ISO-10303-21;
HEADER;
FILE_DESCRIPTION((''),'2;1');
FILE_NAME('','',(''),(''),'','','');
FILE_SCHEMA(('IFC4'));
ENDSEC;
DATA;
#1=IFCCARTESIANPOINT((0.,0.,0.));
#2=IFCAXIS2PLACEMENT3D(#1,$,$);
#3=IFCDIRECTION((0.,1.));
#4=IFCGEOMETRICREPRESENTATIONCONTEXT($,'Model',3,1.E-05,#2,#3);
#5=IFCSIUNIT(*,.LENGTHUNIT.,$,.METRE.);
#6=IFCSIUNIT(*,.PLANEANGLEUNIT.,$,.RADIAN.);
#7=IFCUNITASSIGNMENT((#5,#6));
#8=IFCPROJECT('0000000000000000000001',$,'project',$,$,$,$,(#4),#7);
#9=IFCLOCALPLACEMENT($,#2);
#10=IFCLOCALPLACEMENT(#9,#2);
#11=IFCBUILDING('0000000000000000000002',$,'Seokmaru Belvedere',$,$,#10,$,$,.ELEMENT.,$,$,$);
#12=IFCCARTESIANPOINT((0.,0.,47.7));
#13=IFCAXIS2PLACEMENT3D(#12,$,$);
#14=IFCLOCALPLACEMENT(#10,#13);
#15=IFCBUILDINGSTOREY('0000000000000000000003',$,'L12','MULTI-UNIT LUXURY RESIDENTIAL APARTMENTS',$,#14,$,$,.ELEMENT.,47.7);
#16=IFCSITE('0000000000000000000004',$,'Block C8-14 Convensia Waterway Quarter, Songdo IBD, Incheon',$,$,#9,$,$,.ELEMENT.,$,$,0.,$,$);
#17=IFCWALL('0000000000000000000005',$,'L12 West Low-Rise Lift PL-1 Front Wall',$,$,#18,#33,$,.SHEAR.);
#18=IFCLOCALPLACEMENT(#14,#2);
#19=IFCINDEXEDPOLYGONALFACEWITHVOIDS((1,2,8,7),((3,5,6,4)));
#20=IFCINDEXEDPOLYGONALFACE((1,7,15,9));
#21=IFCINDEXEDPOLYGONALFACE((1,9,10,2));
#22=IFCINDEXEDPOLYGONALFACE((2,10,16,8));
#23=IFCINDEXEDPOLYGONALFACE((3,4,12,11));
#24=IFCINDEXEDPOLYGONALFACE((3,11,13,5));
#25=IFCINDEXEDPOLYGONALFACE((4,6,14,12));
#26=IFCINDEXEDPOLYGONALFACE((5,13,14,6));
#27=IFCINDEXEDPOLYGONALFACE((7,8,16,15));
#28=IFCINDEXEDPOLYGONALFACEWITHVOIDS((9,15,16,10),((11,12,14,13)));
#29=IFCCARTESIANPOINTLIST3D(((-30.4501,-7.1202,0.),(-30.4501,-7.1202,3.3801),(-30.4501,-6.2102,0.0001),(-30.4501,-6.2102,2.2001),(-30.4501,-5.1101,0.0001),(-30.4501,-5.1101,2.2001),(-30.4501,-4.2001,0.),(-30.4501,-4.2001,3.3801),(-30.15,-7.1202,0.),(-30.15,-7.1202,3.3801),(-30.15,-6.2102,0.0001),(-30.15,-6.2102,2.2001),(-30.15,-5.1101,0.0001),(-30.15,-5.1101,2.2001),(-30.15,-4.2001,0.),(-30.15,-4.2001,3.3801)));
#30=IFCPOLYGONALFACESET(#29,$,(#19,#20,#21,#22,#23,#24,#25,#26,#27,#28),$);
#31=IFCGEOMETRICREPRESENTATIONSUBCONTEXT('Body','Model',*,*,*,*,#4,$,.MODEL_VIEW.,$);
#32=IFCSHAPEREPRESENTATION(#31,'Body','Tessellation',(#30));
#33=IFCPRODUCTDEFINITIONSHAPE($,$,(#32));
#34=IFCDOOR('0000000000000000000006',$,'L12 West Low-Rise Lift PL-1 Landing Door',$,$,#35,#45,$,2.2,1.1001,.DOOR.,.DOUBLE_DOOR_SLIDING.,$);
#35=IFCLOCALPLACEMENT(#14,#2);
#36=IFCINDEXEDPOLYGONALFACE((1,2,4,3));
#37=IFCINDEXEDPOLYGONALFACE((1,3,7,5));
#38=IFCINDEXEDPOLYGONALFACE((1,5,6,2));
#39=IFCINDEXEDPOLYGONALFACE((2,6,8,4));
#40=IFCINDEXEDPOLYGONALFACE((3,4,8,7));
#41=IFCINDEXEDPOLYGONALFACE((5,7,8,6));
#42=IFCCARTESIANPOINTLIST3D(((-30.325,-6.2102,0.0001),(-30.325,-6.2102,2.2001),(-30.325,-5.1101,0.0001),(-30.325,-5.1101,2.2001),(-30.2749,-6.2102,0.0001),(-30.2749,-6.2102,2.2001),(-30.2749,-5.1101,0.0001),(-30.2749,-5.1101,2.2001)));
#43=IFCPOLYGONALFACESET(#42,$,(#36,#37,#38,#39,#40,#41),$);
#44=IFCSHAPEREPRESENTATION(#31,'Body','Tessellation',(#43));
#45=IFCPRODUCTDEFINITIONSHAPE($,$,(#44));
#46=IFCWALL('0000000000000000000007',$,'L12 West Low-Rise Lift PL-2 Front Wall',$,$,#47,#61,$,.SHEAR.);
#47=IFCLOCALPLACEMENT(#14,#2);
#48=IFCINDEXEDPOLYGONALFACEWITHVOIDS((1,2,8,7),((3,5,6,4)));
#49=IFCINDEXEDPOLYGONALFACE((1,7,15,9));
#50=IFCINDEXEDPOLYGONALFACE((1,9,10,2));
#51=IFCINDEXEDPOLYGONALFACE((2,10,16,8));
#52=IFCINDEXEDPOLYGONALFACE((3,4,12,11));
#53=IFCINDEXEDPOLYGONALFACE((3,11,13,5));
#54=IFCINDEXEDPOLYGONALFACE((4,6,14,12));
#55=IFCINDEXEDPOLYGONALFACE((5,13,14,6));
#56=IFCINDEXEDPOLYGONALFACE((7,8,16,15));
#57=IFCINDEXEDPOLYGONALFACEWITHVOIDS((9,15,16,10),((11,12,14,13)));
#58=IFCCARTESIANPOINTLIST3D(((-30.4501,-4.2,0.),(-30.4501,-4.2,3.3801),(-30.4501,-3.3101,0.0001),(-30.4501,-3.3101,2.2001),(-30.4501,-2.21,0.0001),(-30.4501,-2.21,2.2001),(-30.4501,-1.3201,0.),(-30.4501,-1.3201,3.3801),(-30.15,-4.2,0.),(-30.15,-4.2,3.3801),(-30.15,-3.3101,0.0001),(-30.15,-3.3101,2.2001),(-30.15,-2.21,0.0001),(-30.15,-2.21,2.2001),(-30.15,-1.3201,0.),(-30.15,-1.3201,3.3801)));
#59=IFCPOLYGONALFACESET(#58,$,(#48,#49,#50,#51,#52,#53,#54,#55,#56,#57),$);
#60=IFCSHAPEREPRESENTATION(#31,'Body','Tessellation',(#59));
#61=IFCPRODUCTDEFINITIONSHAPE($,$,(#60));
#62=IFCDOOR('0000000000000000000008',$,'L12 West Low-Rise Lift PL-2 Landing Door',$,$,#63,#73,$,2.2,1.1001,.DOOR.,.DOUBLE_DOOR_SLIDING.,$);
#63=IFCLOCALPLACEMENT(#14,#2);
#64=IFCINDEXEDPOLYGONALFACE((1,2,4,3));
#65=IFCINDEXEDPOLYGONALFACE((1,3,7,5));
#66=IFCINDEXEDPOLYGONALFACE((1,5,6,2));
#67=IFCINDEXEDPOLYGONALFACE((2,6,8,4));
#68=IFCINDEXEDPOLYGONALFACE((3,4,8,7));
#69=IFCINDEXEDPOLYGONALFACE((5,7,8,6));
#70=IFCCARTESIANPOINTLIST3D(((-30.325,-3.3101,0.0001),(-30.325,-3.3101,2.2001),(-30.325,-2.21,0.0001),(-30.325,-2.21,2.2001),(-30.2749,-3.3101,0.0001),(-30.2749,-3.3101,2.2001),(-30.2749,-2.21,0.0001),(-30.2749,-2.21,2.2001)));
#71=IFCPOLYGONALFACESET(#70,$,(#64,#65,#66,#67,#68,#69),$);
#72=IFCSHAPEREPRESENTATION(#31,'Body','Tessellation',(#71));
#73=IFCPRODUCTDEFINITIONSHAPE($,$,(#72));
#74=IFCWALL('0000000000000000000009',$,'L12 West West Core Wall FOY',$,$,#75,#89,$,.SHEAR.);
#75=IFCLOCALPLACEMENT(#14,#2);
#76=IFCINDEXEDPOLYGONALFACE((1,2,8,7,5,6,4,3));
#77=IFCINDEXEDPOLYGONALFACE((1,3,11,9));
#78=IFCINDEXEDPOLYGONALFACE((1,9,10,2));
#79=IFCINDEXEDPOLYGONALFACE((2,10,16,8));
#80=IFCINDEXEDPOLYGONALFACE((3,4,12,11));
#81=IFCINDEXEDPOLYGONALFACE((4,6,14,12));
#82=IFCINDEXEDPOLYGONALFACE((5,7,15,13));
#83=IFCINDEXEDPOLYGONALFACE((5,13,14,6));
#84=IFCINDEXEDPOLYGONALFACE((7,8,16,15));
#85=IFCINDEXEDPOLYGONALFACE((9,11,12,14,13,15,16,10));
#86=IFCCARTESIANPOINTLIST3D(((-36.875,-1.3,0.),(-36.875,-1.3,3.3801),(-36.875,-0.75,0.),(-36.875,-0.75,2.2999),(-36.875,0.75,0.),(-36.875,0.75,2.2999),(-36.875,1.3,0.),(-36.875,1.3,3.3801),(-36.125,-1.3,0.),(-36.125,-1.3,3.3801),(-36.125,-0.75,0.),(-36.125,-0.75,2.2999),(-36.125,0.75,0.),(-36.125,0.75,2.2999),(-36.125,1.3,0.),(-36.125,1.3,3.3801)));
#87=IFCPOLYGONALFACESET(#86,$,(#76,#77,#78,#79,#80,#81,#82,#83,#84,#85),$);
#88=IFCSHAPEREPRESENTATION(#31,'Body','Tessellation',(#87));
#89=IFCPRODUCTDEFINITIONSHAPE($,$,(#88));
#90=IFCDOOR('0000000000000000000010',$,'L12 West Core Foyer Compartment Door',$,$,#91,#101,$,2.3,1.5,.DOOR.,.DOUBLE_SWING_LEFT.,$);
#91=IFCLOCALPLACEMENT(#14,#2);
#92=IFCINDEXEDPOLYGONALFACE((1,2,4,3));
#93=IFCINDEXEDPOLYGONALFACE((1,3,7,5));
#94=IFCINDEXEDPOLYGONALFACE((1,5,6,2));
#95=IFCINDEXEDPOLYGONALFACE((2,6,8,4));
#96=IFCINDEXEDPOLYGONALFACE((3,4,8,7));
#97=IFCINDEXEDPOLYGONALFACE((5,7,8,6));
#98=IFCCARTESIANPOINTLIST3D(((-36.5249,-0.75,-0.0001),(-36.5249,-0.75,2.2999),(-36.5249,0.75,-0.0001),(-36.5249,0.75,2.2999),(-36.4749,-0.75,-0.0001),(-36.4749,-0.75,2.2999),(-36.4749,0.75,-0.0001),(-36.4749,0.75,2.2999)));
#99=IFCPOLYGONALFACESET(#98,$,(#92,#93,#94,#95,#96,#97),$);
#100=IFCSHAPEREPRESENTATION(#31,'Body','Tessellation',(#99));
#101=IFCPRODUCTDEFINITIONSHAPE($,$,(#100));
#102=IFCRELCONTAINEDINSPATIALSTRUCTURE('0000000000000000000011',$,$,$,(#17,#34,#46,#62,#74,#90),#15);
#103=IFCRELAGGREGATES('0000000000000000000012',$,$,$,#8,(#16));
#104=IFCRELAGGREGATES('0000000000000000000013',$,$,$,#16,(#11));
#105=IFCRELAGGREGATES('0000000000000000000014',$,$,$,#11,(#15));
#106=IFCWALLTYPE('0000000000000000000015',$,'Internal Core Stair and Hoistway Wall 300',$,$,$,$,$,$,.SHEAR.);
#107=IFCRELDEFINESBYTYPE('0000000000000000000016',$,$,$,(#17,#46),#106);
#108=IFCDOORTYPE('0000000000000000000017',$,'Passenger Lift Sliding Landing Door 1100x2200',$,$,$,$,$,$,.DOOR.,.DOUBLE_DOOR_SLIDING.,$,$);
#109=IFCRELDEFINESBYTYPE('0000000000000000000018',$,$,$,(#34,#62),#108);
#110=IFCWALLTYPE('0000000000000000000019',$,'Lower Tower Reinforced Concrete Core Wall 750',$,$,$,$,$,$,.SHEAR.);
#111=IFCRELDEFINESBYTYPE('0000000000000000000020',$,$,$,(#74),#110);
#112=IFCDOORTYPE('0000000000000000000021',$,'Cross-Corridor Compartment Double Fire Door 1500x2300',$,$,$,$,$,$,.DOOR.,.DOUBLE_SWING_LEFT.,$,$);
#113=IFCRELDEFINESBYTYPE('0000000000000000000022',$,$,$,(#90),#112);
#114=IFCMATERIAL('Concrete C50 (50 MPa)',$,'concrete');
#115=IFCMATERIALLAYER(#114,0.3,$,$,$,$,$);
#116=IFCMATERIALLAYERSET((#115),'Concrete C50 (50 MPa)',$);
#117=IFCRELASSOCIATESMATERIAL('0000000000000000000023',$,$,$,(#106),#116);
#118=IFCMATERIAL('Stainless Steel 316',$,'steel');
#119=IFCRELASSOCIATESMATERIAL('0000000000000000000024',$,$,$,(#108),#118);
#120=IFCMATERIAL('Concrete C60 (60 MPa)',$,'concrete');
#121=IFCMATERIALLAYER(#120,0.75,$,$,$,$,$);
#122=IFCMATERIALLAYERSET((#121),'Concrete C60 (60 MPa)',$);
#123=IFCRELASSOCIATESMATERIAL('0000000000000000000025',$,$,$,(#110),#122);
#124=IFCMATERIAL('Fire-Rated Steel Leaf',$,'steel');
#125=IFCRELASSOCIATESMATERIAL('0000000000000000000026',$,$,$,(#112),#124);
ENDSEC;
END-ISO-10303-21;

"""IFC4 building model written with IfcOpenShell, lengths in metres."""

from ifc_helpers import new_model, si_unit, direction, frame, frame_2d, origin, place, context, subcontext, project, spatial, rectangle, extrude, source, transform, mapped, material, layer, layer_set, type_object, type_shapes, element, fill, save


model = new_model("IFC4")

# Units and contexts
model_context = context("Model", 3, precision=1e-05, world=origin(), true_north=direction((0.0, 1.0)))
body_context = subcontext(model_context, "Body", "Model", "MODEL_VIEW")
ifc_project = project(units=[si_unit("LENGTHUNIT", "METRE"), si_unit("PLANEANGLEUNIT", "RADIAN")], contexts=[model_context])

# Site, building, storey
site_placement = place(None, origin())
site = spatial("IfcSite", under=ifc_project, at=site_placement, Name="Block C8-14 Convensia Waterway Quarter, Songdo IBD, Incheon", CompositionType="ELEMENT", RefElevation=0.0)
building_placement = place(site_placement, origin())
building = spatial("IfcBuilding", under=site, at=building_placement, Name="Seokmaru Belvedere", CompositionType="ELEMENT")
storey_placement = place(building_placement, frame((0.0, 0.0, 47.7)))
storey = spatial("IfcBuildingStorey", under=building, at=storey_placement, Name="L12", Description="MULTI-UNIT LUXURY RESIDENTIAL APARTMENTS", CompositionType="ELEMENT", Elevation=47.7)

# Shared definitions
ifc_material_1 = material(Name="Concrete C50 (50 MPa)", Category="concrete")

# Walls, openings, doors
ifc_layer_1 = layer(ifc_material_1, 0.3)
ifc_layer_set_1 = layer_set([ifc_layer_1], Name="Concrete C50 (50 MPa)")
wall_type_1 = type_object("IfcWallType", Name="Internal Core Stair and Hoistway Wall 300", PredefinedType="SHEAR", material=ifc_layer_set_1)
wall_1_placement = place(storey_placement, frame((-30.3, -7.1201, 0.0), z_axis=(0.0, 0.0, 1.0), x_axis=(0.0, 1.0, 0.0)))
wall_1 = element("IfcWall", 1, at=wall_1_placement, inside=storey, type_object=wall_type_1, Name="L12 West Low-Rise Lift PL-1 Front Wall", PredefinedType="SHEAR", context=body_context, shape_type="SweptSolid", body=[
    extrude(rectangle(XDim=2.9202, YDim=0.3, at=frame_2d((1.46, 0.0))), origin(), (0.0, 0.0, 1.0), 3.3801),
])
opening_1_placement = place(wall_1_placement, frame((0.9099, 0.0, 0.0)))
opening_1 = element("IfcOpeningElement", 2, at=opening_1_placement, cuts=wall_1, PredefinedType="OPENING", context=body_context, shape_type="SweptSolid", body=[
    extrude(rectangle(XDim=1.1001, YDim=2.2, at=frame_2d((0.55, 1.1001))), frame((0.0, 0.1602, 0.0), z_axis=(0.0, -1.0, 0.0), x_axis=(1.0, 0.0, 0.0)), (0.0, 0.0, 1.0), 0.3201),
])
ifc_material_2 = material(Name="Stainless Steel 316", Category="steel")
door_type_1 = type_object("IfcDoorType", Name="Passenger Lift Sliding Landing Door 1100x2200", OperationType="DOUBLE_DOOR_SLIDING", PredefinedType="DOOR", material=ifc_material_2)
shared_shape_1 = source(origin(), body_context, "Body", "SweptSolid", [
    extrude(rectangle(XDim=1.1001, YDim=2.2, at=frame_2d((0.55, 1.1001))), frame((0.0, 0.0249, 0.0), z_axis=(0.0, -1.0, 0.0), x_axis=(1.0, 0.0, 0.0)), (0.0, 0.0, 1.0), 0.05),
])
type_shapes(door_type_1, [shared_shape_1])
door_1_placement = place(opening_1_placement, origin())
door_1 = element("IfcDoor", 3, at=door_1_placement, inside=storey, type_object=door_type_1, Name="L12 West Low-Rise Lift PL-1 Landing Door", OperationType="DOUBLE_DOOR_SLIDING", OverallHeight=2.2, OverallWidth=1.1001, PredefinedType="DOOR", context=body_context, shape_type="MappedRepresentation", body=[
    mapped(shared_shape_1, transform((0.0, 0.0, 0.0), scale=1.0)),
])
fill(opening_1, door_1)
wall_2_placement = place(storey_placement, frame((-30.3, -4.2, 0.0), z_axis=(0.0, 0.0, 1.0), x_axis=(0.0, 1.0, 0.0)))
wall_2 = element("IfcWall", 4, at=wall_2_placement, inside=storey, type_object=wall_type_1, Name="L12 West Low-Rise Lift PL-2 Front Wall", PredefinedType="SHEAR", context=body_context, shape_type="SweptSolid", body=[
    extrude(rectangle(XDim=2.8799, YDim=0.3, at=frame_2d((1.4399, 0.0))), origin(), (0.0, 0.0, 1.0), 3.3801),
])
opening_2_placement = place(wall_2_placement, frame((0.8899, 0.0, 0.0)))
opening_2 = element("IfcOpeningElement", 5, at=opening_2_placement, cuts=wall_2, PredefinedType="OPENING", context=body_context, shape_type="SweptSolid", body=[
    extrude(rectangle(XDim=1.1001, YDim=2.2, at=frame_2d((0.55, 1.1001))), frame((0.0, 0.1602, 0.0), z_axis=(0.0, -1.0, 0.0), x_axis=(1.0, 0.0, 0.0)), (0.0, 0.0, 1.0), 0.3201),
])
door_2_placement = place(opening_2_placement, origin())
door_2 = element("IfcDoor", 6, at=door_2_placement, inside=storey, type_object=door_type_1, Name="L12 West Low-Rise Lift PL-2 Landing Door", OperationType="DOUBLE_DOOR_SLIDING", OverallHeight=2.2, OverallWidth=1.1001, PredefinedType="DOOR", context=body_context, shape_type="MappedRepresentation", body=[
    mapped(shared_shape_1, transform((0.0, 0.0, 0.0), scale=1.0)),
])
fill(opening_2, door_2)
ifc_material_3 = material(Name="Concrete C60 (60 MPa)", Category="concrete")
ifc_layer_2 = layer(ifc_material_3, 0.75)
ifc_layer_set_2 = layer_set([ifc_layer_2], Name="Concrete C60 (60 MPa)")
wall_type_2 = type_object("IfcWallType", Name="Lower Tower Reinforced Concrete Core Wall 750", PredefinedType="SHEAR", material=ifc_layer_set_2)
wall_3_placement = place(storey_placement, frame((-36.5, -1.3, 0.0), z_axis=(0.0, 0.0, 1.0), x_axis=(0.0, 1.0, 0.0)))
wall_3 = element("IfcWall", 7, at=wall_3_placement, inside=storey, type_object=wall_type_2, Name="L12 West West Core Wall FOY", PredefinedType="SHEAR", context=body_context, shape_type="SweptSolid", body=[
    extrude(rectangle(XDim=2.6001, YDim=0.75, at=frame_2d((1.3, 0.0))), origin(), (0.0, 0.0, 1.0), 3.3801),
])
opening_3_placement = place(wall_3_placement, frame((0.55, 0.0, 0.0)))
opening_3 = element("IfcOpeningElement", 8, at=opening_3_placement, cuts=wall_3, PredefinedType="OPENING", context=body_context, shape_type="SweptSolid", body=[
    extrude(rectangle(XDim=1.5, YDim=2.3, at=frame_2d((0.75, 1.1499))), frame((0.0, 0.385, 0.0), z_axis=(0.0, -1.0, 0.0), x_axis=(1.0, 0.0, 0.0)), (0.0, 0.0, 1.0), 0.77),
])
ifc_material_4 = material(Name="Fire-Rated Steel Leaf", Category="steel")
door_type_2 = type_object("IfcDoorType", Name="Cross-Corridor Compartment Double Fire Door 1500x2300", OperationType="DOUBLE_SWING_LEFT", PredefinedType="DOOR", material=ifc_material_4)
shared_shape_2 = source(origin(), body_context, "Body", "SweptSolid", [
    extrude(rectangle(XDim=1.5, YDim=2.3, at=frame_2d((0.75, 1.1499))), frame((0.0, 0.0249, 0.0), z_axis=(0.0, -1.0, 0.0), x_axis=(1.0, 0.0, 0.0)), (0.0, 0.0, 1.0), 0.05),
])
type_shapes(door_type_2, [shared_shape_2])
door_3_placement = place(opening_3_placement, origin())
door_3 = element("IfcDoor", 9, at=door_3_placement, inside=storey, type_object=door_type_2, Name="L12 West Core Foyer Compartment Door", OperationType="DOUBLE_SWING_LEFT", OverallHeight=2.3, OverallWidth=1.5, PredefinedType="DOOR", context=body_context, shape_type="MappedRepresentation", body=[
    mapped(shared_shape_2, transform((0.0, 0.0, 0.0), scale=1.0)),
])
fill(opening_3, door_3)

save(model, "model.ifc")
